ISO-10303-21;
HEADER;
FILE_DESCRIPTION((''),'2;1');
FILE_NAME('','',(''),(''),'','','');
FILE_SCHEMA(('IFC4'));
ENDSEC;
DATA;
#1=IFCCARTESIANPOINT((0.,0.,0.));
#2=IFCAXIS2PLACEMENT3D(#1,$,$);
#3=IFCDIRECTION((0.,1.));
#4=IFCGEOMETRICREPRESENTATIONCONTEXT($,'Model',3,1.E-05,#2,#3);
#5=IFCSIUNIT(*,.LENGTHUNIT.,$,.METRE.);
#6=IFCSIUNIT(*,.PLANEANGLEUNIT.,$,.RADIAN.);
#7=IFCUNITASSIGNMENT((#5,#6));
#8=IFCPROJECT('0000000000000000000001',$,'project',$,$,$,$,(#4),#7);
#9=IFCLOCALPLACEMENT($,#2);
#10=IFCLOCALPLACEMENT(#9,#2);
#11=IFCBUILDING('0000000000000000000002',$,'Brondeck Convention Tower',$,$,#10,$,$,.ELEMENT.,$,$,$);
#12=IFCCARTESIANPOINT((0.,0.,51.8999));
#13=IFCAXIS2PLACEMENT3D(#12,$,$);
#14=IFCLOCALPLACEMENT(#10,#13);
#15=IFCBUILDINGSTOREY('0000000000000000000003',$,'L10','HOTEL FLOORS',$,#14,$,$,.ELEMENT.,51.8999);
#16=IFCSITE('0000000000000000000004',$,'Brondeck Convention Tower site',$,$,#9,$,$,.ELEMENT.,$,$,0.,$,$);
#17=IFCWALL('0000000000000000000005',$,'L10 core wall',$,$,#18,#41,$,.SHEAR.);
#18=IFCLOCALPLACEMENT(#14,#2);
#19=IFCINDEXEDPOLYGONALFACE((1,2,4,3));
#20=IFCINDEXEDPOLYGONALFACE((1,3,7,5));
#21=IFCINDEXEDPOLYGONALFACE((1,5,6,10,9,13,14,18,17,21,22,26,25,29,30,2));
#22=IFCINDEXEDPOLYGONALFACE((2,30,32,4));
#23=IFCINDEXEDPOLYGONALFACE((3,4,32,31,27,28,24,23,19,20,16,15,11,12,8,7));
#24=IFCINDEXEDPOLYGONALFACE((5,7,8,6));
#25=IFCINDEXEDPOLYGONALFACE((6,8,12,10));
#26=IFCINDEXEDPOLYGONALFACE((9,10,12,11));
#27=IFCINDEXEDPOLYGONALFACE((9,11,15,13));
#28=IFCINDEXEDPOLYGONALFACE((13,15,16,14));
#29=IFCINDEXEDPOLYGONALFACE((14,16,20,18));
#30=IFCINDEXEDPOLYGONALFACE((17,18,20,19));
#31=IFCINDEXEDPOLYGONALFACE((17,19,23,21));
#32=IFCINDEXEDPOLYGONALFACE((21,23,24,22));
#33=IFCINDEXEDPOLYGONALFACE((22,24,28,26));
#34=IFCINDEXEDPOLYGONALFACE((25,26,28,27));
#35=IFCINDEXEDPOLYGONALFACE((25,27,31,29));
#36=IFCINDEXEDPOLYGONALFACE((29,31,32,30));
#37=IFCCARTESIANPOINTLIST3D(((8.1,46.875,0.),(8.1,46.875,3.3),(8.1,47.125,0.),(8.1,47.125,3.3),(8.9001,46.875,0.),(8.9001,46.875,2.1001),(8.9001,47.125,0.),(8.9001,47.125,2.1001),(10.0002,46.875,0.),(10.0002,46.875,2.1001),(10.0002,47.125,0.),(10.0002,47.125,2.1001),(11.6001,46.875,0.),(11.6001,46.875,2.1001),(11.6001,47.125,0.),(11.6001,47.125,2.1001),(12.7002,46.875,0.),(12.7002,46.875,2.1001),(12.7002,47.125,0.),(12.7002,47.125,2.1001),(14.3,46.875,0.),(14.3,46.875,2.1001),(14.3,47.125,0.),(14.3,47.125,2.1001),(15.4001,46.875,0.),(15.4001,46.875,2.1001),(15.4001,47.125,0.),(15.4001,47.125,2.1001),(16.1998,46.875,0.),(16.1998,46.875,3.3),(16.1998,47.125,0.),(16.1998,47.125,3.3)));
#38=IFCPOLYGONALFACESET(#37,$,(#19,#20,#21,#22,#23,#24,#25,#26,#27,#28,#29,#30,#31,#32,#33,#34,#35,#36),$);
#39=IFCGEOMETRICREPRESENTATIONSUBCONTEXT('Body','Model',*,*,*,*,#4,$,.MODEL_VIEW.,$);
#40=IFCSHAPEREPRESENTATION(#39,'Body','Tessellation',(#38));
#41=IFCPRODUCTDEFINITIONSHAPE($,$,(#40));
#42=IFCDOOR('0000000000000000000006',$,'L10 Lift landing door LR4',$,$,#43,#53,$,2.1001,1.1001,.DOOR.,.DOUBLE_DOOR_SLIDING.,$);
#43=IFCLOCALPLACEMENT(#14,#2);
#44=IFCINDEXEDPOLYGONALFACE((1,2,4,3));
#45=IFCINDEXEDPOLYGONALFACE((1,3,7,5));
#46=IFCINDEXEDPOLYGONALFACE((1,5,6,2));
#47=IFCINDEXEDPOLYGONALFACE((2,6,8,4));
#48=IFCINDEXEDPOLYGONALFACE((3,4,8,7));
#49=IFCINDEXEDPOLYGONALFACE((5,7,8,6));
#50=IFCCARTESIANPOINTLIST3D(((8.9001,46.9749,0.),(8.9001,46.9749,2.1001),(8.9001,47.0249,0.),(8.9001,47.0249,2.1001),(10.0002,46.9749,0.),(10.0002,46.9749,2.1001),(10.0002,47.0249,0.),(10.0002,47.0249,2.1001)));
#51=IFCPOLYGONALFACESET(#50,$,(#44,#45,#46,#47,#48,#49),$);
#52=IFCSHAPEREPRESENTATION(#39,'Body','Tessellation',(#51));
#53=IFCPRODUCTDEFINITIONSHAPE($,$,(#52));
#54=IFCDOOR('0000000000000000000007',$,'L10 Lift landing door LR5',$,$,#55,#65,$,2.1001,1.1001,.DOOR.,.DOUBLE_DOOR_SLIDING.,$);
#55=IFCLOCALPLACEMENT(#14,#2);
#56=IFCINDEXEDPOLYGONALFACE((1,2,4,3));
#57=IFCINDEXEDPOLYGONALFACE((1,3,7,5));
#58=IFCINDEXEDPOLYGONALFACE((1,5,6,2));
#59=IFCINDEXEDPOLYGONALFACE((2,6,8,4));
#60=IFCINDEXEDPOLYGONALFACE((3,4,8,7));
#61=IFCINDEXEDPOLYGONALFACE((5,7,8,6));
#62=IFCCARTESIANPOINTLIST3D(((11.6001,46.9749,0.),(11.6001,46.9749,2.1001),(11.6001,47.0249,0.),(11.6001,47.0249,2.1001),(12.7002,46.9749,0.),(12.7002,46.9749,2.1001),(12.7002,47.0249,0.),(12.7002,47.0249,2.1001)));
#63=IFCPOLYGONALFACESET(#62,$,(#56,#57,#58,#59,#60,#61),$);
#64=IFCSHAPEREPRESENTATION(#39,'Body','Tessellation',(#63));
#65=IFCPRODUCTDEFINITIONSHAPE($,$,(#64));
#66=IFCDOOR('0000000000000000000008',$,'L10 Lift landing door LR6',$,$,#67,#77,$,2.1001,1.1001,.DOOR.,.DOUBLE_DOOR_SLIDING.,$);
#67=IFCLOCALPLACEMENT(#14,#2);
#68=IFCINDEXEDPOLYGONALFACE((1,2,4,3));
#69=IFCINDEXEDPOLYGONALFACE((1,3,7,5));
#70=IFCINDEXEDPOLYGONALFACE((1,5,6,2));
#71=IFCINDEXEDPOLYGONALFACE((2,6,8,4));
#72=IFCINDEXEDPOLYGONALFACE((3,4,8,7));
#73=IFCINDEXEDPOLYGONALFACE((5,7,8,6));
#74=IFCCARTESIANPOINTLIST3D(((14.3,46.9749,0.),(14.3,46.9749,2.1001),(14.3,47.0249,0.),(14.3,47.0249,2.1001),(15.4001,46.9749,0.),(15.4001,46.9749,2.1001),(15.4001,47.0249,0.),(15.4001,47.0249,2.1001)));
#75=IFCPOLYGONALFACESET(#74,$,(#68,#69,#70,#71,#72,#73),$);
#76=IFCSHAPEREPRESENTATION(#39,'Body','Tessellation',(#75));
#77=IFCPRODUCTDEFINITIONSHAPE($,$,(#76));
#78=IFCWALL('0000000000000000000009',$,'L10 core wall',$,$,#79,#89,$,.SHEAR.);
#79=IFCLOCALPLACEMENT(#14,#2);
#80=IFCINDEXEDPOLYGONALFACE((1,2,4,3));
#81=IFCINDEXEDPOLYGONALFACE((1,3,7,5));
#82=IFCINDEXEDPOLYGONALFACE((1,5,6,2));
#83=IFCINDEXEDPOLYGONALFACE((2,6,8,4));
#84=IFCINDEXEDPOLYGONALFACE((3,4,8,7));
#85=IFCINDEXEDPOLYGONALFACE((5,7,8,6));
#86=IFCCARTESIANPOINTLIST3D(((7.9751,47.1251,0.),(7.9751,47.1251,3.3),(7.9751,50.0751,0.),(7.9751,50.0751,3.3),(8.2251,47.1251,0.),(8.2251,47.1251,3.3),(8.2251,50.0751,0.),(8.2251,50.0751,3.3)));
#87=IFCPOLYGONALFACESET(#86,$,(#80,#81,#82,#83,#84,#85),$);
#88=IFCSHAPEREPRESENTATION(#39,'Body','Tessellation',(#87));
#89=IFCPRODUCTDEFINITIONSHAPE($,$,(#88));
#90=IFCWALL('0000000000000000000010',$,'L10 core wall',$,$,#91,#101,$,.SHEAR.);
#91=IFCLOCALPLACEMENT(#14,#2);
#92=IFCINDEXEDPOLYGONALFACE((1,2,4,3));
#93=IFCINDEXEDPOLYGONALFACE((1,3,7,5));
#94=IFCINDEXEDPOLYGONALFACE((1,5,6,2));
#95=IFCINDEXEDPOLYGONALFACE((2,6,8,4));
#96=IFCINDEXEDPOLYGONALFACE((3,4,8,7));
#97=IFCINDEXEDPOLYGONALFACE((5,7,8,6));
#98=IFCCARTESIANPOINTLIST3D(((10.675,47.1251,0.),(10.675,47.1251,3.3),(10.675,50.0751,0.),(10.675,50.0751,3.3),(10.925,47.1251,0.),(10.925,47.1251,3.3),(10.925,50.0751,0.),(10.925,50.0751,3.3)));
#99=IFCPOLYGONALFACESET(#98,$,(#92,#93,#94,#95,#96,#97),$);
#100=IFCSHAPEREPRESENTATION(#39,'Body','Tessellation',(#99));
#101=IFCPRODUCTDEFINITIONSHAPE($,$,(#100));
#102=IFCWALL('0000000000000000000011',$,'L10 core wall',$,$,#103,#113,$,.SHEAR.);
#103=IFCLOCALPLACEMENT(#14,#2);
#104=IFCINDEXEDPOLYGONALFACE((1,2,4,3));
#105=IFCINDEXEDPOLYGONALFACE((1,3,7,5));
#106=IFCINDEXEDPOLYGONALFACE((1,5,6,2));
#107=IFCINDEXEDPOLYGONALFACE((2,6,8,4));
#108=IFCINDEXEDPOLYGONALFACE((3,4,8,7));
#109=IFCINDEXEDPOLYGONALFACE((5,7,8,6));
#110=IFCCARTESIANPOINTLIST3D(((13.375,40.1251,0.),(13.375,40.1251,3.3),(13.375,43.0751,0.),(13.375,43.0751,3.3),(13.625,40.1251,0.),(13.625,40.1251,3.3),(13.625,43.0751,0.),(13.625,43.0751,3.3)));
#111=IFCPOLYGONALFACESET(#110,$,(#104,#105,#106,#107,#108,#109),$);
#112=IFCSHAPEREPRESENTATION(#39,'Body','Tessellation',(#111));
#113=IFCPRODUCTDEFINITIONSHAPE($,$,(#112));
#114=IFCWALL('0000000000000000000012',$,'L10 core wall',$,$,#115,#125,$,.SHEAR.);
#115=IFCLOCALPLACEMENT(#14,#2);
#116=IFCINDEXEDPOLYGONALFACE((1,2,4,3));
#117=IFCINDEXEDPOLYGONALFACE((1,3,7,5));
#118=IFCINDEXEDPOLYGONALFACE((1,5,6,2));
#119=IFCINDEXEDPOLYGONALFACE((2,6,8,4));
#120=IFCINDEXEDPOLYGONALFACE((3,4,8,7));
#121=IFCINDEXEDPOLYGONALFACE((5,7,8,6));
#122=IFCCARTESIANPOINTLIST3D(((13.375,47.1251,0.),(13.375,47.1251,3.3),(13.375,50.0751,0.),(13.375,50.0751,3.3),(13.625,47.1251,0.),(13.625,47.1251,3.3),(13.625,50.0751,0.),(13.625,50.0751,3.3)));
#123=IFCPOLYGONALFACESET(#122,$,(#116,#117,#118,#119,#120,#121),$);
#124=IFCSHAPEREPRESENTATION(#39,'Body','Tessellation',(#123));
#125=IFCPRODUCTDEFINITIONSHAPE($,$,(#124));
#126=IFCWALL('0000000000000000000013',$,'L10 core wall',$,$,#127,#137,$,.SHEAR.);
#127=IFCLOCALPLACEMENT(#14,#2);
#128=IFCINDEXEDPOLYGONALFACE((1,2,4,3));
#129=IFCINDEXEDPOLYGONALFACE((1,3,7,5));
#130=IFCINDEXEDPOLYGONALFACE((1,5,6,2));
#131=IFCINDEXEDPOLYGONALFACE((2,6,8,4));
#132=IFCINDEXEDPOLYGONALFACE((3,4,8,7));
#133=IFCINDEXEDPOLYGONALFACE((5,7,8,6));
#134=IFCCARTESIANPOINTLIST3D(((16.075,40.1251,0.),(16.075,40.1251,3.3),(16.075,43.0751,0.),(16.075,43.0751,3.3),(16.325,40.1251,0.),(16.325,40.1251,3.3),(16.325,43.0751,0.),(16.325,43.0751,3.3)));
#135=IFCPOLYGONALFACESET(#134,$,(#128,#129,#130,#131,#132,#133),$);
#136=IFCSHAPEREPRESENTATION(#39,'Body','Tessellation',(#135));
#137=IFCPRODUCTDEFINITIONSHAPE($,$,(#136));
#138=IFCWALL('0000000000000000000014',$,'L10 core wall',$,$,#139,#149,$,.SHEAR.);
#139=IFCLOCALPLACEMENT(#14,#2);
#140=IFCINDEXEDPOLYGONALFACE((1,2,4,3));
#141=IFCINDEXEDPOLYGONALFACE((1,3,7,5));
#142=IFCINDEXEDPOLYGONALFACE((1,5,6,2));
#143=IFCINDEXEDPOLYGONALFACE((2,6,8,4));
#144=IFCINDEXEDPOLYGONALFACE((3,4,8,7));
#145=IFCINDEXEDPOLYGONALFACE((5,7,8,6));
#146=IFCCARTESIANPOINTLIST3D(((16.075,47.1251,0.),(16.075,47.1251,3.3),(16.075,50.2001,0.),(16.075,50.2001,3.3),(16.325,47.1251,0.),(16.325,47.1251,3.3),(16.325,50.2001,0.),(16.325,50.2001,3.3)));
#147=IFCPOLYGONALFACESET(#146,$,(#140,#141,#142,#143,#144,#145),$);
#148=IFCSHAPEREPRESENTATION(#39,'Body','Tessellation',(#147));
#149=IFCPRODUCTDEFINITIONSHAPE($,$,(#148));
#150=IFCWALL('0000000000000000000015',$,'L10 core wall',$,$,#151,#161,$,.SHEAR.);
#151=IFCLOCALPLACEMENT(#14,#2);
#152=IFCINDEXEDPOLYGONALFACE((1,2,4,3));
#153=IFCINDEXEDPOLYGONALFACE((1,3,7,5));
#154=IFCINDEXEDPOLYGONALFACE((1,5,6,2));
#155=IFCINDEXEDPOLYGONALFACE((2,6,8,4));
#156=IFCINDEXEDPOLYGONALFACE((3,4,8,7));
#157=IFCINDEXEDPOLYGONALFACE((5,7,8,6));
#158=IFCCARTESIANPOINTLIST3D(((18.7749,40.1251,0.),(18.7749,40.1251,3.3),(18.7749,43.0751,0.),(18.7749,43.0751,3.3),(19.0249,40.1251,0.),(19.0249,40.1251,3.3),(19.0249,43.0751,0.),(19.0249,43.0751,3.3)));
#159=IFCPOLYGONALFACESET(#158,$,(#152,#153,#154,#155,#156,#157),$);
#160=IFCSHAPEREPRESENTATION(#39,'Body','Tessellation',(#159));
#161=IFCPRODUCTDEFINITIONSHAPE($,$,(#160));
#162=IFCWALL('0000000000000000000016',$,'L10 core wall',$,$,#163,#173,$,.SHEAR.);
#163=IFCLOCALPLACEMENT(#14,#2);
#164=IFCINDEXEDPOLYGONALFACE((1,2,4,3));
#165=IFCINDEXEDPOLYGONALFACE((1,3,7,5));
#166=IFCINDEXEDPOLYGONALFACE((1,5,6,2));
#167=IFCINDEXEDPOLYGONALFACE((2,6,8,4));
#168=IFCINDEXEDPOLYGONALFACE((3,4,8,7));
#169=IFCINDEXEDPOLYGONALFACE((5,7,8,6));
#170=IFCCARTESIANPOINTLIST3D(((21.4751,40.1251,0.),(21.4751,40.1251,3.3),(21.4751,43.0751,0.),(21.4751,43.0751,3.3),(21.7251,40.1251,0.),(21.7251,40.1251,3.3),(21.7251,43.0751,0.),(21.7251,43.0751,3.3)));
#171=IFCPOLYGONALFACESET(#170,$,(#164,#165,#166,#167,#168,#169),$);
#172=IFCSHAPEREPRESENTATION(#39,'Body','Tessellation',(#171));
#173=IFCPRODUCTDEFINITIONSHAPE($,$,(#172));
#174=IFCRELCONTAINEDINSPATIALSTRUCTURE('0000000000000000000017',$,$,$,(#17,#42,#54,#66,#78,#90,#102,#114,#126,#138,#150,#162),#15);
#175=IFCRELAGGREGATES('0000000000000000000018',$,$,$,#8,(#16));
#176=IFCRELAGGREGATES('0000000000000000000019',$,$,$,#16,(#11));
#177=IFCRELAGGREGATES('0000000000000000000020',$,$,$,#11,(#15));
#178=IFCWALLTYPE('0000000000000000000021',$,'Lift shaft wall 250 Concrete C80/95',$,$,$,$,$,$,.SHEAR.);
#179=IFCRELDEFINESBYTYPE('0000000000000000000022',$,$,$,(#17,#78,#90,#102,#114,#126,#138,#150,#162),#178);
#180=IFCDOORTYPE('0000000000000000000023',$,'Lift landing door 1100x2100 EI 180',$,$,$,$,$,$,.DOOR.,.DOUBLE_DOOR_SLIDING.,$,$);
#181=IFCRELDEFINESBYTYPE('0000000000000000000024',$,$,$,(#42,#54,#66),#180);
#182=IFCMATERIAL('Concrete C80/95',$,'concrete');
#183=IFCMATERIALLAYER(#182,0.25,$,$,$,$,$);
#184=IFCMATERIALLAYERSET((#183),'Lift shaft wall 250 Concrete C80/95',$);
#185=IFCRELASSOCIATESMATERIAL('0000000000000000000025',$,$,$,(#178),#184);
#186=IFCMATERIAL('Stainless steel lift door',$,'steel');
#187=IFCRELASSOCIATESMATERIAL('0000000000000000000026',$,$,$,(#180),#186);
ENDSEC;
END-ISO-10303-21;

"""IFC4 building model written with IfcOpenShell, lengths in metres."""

from ifc_helpers import new_model, si_unit, direction, frame, frame_2d, origin, place, context, subcontext, project, spatial, rectangle, extrude, material, layer, layer_set, type_object, element, fill, save


model = new_model("IFC4")

# Units and contexts
model_context = context("Model", 3, precision=1e-05, world=origin(), true_north=direction((0.0, 1.0)))
body_context = subcontext(model_context, "Body", "Model", "MODEL_VIEW")
ifc_project = project(units=[si_unit("LENGTHUNIT", "METRE"), si_unit("PLANEANGLEUNIT", "RADIAN")], contexts=[model_context])

# Site, building, storey
site_placement = place(None, origin())
site = spatial("IfcSite", under=ifc_project, at=site_placement, Name="Brondeck Convention Tower site", CompositionType="ELEMENT", RefElevation=0.0)
building_placement = place(site_placement, origin())
building = spatial("IfcBuilding", under=site, at=building_placement, Name="Brondeck Convention Tower", CompositionType="ELEMENT")
storey_placement = place(building_placement, frame((0.0, 0.0, 51.8999)))
storey = spatial("IfcBuildingStorey", under=building, at=storey_placement, Name="L10", Description="HOTEL FLOORS", CompositionType="ELEMENT", Elevation=51.8999)

# Shared definitions
ifc_material_1 = material(Name="Concrete C80/95", Category="concrete")

# Wall, openings, doors
ifc_layer_1 = layer(ifc_material_1, 0.25)
ifc_layer_set_1 = layer_set([ifc_layer_1], Name="Lift shaft wall 250 Concrete C80/95")
wall_type_1 = type_object("IfcWallType", Name="Lift shaft wall 250 Concrete C80/95", PredefinedType="SHEAR", material=ifc_layer_set_1)
ifc_material_2 = material(Name="Stainless steel lift door", Category="steel")
door_type_1 = type_object("IfcDoorType", Name="Lift landing door 1100x2100 EI 180", OperationType="DOUBLE_DOOR_SLIDING", PredefinedType="DOOR", material=ifc_material_2)
wall_1_placement = place(storey_placement, frame((8.1001, 47.0, 0.0), z_axis=(0.0, 0.0, 1.0), x_axis=(1.0, 0.0, 0.0)))
wall_1 = element("IfcWall", 1, at=wall_1_placement, inside=storey, type_object=wall_type_1, Name="L10 core wall", PredefinedType="SHEAR", context=body_context, shape_type="SweptSolid", body=[
    extrude(rectangle(XDim=8.0999, YDim=0.25, at=frame_2d((4.0498, 0.0))), origin(), (0.0, 0.0, 1.0), 3.3),
])
opening_1_placement = place(wall_1_placement, frame((0.8, 0.0, 0.0)))
opening_1 = element("IfcOpeningElement", 2, at=opening_1_placement, cuts=wall_1, PredefinedType="OPENING", context=body_context, shape_type="SweptSolid", body=[
    extrude(rectangle(XDim=1.1001, YDim=2.1001, at=frame_2d((0.55, 1.05))), frame((0.0, 0.135, 0.0), z_axis=(0.0, -1.0, 0.0), x_axis=(1.0, 0.0, 0.0)), (0.0, 0.0, 1.0), 0.27),
])
opening_2_placement = place(wall_1_placement, frame((3.5, 0.0, 0.0)))
opening_2 = element("IfcOpeningElement", 3, at=opening_2_placement, cuts=wall_1, PredefinedType="OPENING", context=body_context, shape_type="SweptSolid", body=[
    extrude(rectangle(XDim=1.1001, YDim=2.1001, at=frame_2d((0.55, 1.05))), frame((0.0, 0.135, 0.0), z_axis=(0.0, -1.0, 0.0), x_axis=(1.0, 0.0, 0.0)), (0.0, 0.0, 1.0), 0.27),
])
opening_3_placement = place(wall_1_placement, frame((6.2, 0.0, 0.0)))
opening_3 = element("IfcOpeningElement", 4, at=opening_3_placement, cuts=wall_1, PredefinedType="OPENING", context=body_context, shape_type="SweptSolid", body=[
    extrude(rectangle(XDim=1.1001, YDim=2.1001, at=frame_2d((0.55, 1.05))), frame((0.0, 0.135, 0.0), z_axis=(0.0, -1.0, 0.0), x_axis=(1.0, 0.0, 0.0)), (0.0, 0.0, 1.0), 0.27),
])
door_1_placement = place(opening_1_placement, origin())
door_1 = element("IfcDoor", 5, at=door_1_placement, inside=storey, type_object=door_type_1, Name="L10 Lift landing door LR4", OperationType="DOUBLE_DOOR_SLIDING", OverallHeight=2.1001, OverallWidth=1.1001, PredefinedType="DOOR", context=body_context, shape_type="SweptSolid", body=[
    extrude(rectangle(XDim=1.1001, YDim=2.1001, at=frame_2d((0.55, 1.05))), frame((0.0, 0.0249, 0.0), z_axis=(0.0, -1.0, 0.0), x_axis=(1.0, 0.0, 0.0)), (0.0, 0.0, 1.0), 0.05),
])
fill(opening_1, door_1)
door_2_placement = place(opening_2_placement, origin())
door_2 = element("IfcDoor", 6, at=door_2_placement, inside=storey, type_object=door_type_1, Name="L10 Lift landing door LR5", OperationType="DOUBLE_DOOR_SLIDING", OverallHeight=2.1001, OverallWidth=1.1001, PredefinedType="DOOR", context=body_context, shape_type="SweptSolid", body=[
    extrude(rectangle(XDim=1.1001, YDim=2.1001, at=frame_2d((0.55, 1.05))), frame((0.0, 0.0249, 0.0), z_axis=(0.0, -1.0, 0.0), x_axis=(1.0, 0.0, 0.0)), (0.0, 0.0, 1.0), 0.05),
])
fill(opening_2, door_2)
door_3_placement = place(opening_3_placement, origin())
door_3 = element("IfcDoor", 7, at=door_3_placement, inside=storey, type_object=door_type_1, Name="L10 Lift landing door LR6", OperationType="DOUBLE_DOOR_SLIDING", OverallHeight=2.1001, OverallWidth=1.1001, PredefinedType="DOOR", context=body_context, shape_type="SweptSolid", body=[
    extrude(rectangle(XDim=1.1001, YDim=2.1001, at=frame_2d((0.55, 1.05))), frame((0.0, 0.0249, 0.0), z_axis=(0.0, -1.0, 0.0), x_axis=(1.0, 0.0, 0.0)), (0.0, 0.0, 1.0), 0.05),
])
fill(opening_3, door_3)

# Walls
for number, where, z_axis, x_axis, name in (
    (8, (8.1001, 47.125, 0.0), (0.0, 0.0, 1.0), (0.0, 1.0, 0.0), "L10 core wall"),
    (9, (10.8, 47.125, 0.0), (0.0, 0.0, 1.0), (0.0, 1.0, 0.0), "L10 core wall"),
    (10, (13.5, 40.125, 0.0), (0.0, 0.0, 1.0), (0.0, 1.0, 0.0), "L10 core wall"),
    (11, (13.5, 47.125, 0.0), (0.0, 0.0, 1.0), (0.0, 1.0, 0.0), "L10 core wall"),
    (12, (16.2, 40.125, 0.0), (0.0, 0.0, 1.0), (0.0, 1.0, 0.0), "L10 core wall"),
):
    element("IfcWall", number, at=place(storey_placement, frame(where, z_axis=z_axis, x_axis=x_axis)), inside=storey, type_object=wall_type_1, Name=name, PredefinedType="SHEAR", context=body_context, shape_type="SweptSolid", body=[
        extrude(rectangle(XDim=2.95, YDim=0.25, at=frame_2d((1.4751, 0.0))), origin(), (0.0, 0.0, 1.0), 3.3),
    ])
wall_2_placement = place(storey_placement, frame((16.2, 47.125, 0.0), z_axis=(0.0, 0.0, 1.0), x_axis=(0.0, 1.0, 0.0)))
element("IfcWall", 13, at=wall_2_placement, inside=storey, type_object=wall_type_1, Name="L10 core wall", PredefinedType="SHEAR", context=body_context, shape_type="SweptSolid", body=[
    extrude(rectangle(XDim=3.075, YDim=0.25, at=frame_2d((1.5376, 0.0))), origin(), (0.0, 0.0, 1.0), 3.3),
])
for number, where, z_axis, x_axis, name in (
    (14, (18.8999, 40.125, 0.0), (0.0, 0.0, 1.0), (0.0, 1.0, 0.0), "L10 core wall"),
    (15, (21.6001, 40.125, 0.0), (0.0, 0.0, 1.0), (0.0, 1.0, 0.0), "L10 core wall"),
):
    element("IfcWall", number, at=place(storey_placement, frame(where, z_axis=z_axis, x_axis=x_axis)), inside=storey, type_object=wall_type_1, Name=name, PredefinedType="SHEAR", context=body_context, shape_type="SweptSolid", body=[
        extrude(rectangle(XDim=2.95, YDim=0.25, at=frame_2d((1.4751, 0.0))), origin(), (0.0, 0.0, 1.0), 3.3),
    ])

save(model, "model.ifc")
